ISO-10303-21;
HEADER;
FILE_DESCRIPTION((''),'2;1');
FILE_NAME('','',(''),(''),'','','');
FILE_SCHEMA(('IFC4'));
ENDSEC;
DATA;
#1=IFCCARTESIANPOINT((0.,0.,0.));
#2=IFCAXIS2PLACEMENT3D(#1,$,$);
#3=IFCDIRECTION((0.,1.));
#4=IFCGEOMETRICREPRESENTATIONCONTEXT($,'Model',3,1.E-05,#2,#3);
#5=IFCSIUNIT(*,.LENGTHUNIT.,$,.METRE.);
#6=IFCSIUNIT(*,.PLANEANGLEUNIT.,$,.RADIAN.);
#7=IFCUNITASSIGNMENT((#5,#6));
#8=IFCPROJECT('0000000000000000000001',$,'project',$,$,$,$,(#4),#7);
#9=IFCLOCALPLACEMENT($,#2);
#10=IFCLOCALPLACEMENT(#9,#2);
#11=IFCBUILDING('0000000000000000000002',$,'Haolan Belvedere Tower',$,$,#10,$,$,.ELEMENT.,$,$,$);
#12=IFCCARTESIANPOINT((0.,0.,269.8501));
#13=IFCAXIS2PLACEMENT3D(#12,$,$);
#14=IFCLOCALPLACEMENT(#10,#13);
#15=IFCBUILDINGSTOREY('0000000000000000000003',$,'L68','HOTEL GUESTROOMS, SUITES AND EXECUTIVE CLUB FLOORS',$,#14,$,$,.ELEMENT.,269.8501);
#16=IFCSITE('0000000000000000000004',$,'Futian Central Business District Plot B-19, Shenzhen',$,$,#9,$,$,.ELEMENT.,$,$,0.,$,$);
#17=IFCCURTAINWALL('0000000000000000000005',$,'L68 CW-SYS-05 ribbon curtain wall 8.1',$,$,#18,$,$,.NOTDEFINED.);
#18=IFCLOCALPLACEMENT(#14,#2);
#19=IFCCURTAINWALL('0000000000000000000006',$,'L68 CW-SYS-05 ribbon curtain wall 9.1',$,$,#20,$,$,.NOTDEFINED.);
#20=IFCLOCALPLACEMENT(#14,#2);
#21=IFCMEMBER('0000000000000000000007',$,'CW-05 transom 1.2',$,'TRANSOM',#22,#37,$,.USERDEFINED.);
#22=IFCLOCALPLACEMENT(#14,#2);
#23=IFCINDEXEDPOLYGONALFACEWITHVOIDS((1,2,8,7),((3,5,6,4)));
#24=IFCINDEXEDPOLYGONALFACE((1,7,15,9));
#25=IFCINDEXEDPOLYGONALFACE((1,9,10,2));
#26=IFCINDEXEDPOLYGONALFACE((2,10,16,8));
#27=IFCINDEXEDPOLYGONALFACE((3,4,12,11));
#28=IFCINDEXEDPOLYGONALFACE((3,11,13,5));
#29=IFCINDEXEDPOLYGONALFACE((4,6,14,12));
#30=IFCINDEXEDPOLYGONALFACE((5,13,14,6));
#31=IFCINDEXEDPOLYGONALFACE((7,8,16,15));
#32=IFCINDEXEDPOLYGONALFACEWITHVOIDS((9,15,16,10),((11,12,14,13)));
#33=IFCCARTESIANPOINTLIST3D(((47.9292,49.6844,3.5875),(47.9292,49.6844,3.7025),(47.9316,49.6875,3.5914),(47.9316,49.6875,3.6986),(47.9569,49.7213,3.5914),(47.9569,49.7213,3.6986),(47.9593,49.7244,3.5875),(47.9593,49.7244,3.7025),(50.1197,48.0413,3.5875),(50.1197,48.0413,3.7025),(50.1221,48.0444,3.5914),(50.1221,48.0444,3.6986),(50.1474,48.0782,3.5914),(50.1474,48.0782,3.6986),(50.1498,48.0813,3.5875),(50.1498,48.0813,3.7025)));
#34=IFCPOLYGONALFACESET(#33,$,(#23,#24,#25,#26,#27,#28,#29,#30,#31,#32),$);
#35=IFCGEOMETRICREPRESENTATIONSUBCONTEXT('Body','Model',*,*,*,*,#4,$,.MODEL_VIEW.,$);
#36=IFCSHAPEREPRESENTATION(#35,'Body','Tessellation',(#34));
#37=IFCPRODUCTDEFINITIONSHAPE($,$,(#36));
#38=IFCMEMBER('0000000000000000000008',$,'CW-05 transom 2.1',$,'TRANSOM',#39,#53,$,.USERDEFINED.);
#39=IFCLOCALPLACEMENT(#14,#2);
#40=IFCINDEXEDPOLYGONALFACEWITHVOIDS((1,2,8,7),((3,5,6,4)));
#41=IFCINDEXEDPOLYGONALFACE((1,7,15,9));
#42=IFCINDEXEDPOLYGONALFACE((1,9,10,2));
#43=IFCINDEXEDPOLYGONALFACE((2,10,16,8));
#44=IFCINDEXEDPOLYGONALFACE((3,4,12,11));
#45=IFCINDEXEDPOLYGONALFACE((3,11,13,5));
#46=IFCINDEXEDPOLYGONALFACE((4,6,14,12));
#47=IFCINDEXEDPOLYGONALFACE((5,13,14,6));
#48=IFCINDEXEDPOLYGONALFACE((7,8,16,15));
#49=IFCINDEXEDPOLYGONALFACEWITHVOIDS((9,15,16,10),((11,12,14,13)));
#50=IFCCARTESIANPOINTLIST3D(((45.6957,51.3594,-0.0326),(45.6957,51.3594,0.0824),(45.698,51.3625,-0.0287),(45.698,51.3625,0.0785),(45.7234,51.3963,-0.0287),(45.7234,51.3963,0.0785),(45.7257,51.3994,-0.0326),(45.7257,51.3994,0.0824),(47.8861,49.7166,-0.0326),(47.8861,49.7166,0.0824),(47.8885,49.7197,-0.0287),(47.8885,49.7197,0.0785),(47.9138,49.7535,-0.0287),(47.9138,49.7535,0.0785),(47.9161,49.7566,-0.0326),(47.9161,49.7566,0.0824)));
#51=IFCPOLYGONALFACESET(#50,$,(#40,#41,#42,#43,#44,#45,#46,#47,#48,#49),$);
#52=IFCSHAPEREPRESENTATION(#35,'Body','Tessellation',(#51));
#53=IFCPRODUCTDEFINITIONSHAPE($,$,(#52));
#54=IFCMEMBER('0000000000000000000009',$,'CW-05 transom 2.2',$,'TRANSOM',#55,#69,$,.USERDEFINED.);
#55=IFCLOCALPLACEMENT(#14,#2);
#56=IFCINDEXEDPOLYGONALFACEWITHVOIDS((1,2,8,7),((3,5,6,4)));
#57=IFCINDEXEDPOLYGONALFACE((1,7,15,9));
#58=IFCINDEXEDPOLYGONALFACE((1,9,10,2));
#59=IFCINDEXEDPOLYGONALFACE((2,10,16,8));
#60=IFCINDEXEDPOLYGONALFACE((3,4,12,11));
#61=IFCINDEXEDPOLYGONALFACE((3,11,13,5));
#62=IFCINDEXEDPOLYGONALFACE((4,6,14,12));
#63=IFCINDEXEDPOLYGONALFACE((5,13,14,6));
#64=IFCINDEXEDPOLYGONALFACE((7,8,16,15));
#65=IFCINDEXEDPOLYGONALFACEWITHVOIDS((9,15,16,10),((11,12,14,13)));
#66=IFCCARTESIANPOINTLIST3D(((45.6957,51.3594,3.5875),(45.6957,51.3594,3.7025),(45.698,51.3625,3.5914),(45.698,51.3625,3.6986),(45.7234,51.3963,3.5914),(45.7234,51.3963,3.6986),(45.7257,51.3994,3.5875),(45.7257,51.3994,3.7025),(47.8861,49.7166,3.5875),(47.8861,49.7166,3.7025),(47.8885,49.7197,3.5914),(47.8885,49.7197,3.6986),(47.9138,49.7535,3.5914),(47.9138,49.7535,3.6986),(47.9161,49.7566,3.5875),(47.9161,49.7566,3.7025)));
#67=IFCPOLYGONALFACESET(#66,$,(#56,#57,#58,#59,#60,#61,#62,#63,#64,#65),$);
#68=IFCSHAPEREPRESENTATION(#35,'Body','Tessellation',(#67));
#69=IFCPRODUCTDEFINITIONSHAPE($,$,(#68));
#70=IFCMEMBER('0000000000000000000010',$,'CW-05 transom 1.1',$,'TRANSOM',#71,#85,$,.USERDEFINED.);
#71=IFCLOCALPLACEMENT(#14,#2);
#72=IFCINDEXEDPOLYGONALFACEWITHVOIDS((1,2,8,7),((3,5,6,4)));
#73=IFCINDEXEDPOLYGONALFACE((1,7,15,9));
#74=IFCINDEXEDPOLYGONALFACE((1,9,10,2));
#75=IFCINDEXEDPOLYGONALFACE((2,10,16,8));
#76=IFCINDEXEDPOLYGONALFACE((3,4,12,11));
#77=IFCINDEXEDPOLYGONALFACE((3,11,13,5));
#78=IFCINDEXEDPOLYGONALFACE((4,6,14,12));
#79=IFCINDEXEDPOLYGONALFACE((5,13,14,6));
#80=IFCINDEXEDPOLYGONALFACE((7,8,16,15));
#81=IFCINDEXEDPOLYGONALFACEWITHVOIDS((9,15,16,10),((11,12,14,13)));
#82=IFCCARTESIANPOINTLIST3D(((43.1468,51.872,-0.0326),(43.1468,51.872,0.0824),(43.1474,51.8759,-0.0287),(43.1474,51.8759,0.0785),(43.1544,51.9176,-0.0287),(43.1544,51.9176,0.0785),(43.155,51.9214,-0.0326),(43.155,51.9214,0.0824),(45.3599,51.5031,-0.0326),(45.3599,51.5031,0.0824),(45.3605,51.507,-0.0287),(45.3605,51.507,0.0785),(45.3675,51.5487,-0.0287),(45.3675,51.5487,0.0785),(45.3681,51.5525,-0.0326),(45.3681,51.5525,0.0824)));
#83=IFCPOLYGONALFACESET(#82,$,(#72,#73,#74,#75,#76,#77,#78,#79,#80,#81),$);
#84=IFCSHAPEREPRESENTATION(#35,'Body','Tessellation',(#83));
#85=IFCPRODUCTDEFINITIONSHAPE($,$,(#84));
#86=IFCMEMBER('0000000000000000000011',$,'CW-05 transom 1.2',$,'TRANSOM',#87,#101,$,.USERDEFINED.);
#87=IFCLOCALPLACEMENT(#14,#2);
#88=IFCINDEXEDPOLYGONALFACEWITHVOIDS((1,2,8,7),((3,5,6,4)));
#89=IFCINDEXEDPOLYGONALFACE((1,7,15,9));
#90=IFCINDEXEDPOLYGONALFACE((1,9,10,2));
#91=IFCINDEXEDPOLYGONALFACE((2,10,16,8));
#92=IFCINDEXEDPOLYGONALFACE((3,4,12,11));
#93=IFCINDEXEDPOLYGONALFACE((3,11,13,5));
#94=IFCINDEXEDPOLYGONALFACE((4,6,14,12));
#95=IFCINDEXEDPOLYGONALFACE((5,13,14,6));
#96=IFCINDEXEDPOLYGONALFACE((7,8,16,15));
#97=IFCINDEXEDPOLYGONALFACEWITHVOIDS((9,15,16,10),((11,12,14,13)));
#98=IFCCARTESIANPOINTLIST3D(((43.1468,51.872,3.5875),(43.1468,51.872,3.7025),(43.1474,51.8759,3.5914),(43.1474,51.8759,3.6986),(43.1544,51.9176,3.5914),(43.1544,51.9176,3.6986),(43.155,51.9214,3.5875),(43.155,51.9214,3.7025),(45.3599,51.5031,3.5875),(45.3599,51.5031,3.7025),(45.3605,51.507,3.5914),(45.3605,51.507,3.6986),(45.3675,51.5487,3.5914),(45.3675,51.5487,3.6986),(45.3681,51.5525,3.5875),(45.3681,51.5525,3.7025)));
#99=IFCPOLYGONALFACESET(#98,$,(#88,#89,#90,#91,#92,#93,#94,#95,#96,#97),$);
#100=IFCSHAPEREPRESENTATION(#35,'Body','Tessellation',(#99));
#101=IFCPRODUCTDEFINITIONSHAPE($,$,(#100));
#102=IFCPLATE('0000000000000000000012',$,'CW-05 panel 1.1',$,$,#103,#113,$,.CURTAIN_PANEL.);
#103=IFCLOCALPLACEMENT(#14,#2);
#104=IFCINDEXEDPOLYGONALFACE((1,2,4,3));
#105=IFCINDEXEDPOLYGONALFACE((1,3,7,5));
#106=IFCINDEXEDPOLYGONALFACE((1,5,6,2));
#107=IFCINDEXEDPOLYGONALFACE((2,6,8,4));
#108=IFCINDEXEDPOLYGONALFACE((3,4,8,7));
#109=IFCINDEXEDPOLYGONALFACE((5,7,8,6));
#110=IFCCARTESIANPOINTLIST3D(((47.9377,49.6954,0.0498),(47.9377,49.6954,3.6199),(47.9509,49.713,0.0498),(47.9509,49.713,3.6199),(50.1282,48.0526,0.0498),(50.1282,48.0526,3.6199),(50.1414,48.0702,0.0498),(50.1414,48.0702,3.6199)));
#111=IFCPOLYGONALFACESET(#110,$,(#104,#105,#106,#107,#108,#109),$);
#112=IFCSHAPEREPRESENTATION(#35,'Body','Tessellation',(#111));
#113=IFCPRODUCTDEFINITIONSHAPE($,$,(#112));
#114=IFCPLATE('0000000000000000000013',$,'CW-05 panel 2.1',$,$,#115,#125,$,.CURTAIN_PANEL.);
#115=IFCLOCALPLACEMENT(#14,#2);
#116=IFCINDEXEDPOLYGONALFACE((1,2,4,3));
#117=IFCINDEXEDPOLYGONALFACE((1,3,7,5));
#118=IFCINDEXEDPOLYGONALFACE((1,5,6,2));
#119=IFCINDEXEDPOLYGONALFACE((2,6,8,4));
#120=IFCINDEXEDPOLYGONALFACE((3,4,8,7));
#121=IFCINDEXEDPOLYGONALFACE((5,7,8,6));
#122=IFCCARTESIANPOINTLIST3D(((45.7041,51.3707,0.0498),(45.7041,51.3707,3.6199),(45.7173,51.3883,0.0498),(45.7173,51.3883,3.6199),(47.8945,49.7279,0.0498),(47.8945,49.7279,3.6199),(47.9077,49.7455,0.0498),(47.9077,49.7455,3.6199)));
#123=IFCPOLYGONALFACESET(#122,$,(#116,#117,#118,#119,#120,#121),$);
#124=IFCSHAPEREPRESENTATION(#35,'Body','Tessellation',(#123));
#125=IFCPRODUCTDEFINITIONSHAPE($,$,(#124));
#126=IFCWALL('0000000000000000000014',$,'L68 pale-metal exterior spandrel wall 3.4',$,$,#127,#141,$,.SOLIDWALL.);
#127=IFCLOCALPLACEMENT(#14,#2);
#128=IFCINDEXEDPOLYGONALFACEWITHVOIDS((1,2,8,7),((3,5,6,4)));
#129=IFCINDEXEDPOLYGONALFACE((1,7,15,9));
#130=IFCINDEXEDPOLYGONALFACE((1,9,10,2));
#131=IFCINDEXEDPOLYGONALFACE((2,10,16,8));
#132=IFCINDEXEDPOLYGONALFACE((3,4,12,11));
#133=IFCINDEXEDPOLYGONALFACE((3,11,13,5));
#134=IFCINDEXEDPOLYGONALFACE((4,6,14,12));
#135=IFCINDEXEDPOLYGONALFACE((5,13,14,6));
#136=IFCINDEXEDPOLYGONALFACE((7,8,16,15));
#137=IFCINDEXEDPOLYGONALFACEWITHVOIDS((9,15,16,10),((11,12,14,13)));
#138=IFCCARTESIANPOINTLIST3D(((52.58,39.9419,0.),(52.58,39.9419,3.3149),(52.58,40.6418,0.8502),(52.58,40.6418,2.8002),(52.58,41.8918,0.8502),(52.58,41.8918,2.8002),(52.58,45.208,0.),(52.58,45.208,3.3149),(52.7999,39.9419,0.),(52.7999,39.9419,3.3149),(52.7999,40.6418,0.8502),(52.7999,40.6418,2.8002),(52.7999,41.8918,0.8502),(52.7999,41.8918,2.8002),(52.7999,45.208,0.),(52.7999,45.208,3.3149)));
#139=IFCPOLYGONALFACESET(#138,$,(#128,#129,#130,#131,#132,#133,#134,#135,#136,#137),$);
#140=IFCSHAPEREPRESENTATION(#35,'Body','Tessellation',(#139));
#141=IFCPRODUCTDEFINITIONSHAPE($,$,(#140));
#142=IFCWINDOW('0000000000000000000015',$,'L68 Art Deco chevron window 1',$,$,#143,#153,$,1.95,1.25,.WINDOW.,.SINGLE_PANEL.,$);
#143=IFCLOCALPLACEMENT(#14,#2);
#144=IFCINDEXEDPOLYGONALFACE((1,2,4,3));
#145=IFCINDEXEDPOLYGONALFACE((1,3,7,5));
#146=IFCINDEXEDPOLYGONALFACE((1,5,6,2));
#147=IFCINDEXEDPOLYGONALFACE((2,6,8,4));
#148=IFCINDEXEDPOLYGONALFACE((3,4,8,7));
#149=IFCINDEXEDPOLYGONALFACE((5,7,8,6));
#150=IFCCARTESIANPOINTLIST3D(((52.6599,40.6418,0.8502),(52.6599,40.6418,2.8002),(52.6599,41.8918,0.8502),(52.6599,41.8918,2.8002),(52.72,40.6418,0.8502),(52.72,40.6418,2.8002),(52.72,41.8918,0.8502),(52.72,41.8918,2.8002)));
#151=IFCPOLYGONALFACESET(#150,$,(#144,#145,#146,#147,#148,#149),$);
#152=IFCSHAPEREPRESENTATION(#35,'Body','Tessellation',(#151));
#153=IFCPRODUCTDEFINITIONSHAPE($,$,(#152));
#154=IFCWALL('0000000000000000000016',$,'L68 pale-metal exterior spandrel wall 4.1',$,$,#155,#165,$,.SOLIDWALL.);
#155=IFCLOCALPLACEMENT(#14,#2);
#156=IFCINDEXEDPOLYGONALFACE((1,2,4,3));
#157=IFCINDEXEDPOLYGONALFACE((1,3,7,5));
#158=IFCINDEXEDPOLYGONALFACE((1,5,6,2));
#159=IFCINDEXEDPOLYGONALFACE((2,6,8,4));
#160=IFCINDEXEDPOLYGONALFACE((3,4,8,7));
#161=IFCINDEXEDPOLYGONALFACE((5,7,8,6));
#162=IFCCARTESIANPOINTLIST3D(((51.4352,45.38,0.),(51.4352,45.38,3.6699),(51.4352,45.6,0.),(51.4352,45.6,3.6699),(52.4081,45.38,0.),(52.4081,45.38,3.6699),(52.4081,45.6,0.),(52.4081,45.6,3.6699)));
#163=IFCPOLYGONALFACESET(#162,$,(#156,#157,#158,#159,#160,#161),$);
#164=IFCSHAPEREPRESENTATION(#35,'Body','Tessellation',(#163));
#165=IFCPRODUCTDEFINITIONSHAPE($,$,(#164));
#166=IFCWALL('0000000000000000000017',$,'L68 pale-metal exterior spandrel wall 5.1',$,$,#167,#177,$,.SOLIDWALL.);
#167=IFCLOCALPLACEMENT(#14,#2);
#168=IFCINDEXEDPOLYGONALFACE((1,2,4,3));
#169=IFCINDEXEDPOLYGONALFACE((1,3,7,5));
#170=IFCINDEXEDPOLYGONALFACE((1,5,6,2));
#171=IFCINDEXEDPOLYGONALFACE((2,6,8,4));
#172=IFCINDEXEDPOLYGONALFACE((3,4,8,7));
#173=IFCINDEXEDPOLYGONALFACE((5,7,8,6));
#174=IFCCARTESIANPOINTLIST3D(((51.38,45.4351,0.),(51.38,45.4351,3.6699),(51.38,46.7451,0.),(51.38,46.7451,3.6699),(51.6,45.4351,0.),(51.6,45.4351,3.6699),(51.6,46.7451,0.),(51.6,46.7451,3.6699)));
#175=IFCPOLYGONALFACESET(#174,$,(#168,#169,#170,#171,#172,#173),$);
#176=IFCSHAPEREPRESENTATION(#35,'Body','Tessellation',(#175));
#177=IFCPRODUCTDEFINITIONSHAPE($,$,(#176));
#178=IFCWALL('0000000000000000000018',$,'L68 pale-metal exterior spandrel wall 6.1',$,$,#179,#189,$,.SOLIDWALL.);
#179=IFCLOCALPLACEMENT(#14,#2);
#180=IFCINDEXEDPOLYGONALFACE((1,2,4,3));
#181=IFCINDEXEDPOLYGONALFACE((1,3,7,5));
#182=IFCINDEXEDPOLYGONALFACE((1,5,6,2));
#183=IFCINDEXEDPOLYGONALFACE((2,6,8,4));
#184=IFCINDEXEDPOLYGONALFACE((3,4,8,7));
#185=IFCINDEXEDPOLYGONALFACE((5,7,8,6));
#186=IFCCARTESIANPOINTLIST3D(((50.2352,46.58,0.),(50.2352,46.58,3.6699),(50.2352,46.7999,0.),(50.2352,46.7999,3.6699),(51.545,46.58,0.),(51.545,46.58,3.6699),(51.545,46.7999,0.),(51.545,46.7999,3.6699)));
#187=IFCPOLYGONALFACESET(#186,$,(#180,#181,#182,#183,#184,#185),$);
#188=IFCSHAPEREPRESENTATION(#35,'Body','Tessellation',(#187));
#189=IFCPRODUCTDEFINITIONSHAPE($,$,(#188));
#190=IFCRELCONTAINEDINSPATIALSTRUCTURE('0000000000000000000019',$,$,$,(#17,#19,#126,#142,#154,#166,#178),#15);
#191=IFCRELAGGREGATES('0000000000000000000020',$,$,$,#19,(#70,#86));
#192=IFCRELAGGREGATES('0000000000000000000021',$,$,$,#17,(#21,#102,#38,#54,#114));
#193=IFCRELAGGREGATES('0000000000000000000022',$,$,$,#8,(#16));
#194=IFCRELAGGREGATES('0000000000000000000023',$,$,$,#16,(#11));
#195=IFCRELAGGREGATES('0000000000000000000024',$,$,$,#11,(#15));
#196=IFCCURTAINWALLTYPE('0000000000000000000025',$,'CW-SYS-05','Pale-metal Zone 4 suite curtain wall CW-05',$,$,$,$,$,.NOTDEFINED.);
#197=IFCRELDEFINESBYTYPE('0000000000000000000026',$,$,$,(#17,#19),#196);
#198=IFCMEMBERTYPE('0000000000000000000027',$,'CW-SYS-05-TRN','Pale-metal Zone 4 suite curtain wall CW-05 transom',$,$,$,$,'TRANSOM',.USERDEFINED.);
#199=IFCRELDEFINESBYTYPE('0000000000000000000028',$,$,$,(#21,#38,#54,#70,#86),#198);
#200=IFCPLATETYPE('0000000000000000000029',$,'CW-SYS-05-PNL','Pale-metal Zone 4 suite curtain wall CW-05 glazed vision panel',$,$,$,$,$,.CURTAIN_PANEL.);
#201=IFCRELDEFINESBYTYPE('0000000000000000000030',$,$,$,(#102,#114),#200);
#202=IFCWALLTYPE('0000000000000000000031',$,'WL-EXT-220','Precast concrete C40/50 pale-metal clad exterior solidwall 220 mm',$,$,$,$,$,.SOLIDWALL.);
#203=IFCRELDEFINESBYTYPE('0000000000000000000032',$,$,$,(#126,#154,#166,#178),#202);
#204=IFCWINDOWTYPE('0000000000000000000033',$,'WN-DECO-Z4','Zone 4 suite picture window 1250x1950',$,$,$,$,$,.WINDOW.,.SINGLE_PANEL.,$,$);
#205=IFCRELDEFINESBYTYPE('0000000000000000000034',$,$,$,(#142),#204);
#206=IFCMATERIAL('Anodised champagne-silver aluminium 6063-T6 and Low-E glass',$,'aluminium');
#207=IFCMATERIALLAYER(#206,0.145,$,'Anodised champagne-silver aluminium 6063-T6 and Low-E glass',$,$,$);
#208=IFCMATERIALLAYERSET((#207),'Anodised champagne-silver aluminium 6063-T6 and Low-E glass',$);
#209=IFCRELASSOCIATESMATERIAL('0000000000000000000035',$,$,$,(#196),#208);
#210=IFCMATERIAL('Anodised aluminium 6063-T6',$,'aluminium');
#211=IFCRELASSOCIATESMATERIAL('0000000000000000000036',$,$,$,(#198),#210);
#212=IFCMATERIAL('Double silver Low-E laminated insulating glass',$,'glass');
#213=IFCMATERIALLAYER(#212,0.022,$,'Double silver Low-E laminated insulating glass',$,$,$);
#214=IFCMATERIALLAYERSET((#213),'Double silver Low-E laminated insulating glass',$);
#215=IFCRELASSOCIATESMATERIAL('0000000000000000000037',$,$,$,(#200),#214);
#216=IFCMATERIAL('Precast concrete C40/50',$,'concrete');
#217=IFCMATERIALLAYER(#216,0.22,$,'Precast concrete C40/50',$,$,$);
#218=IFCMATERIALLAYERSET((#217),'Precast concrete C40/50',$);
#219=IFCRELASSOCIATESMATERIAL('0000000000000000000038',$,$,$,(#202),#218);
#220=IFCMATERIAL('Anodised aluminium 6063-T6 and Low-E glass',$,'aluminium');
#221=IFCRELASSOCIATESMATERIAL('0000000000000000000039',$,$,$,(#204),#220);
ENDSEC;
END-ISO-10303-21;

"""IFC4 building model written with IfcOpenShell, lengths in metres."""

from ifc_helpers import new_model, si_unit, direction, frame, frame_2d, origin, origin_2d, place, context, subcontext, project, spatial, rectangle, hollow_rectangle, extrude, material, layer, layer_set, material_profile, profile_set, type_object, element, fill, aggregate, save


model = new_model("IFC4")

# Units and contexts
model_context = context("Model", 3, precision=1e-05, world=origin(), true_north=direction((0.0, 1.0)))
body_context = subcontext(model_context, "Body", "Model", "MODEL_VIEW")
ifc_project = project(units=[si_unit("LENGTHUNIT", "METRE"), si_unit("PLANEANGLEUNIT", "RADIAN")], contexts=[model_context])

# Site, building, storey
site_placement = place(None, origin())
site = spatial("IfcSite", under=ifc_project, at=site_placement, Name="Futian Central Business District Plot B-19, Shenzhen", CompositionType="ELEMENT", RefElevation=0.0)
building_placement = place(site_placement, origin())
building = spatial("IfcBuilding", under=site, at=building_placement, Name="Haolan Belvedere Tower", CompositionType="ELEMENT")
storey_placement = place(building_placement, frame((0.0, 0.0, 269.8501)))
storey = spatial("IfcBuildingStorey", under=building, at=storey_placement, Name="L68", Description="HOTEL GUESTROOMS, SUITES AND EXECUTIVE CLUB FLOORS", CompositionType="ELEMENT", Elevation=269.8501)

# Curtain wall
ifc_material_1 = material(Name="Anodised champagne-silver aluminium 6063-T6 and Low-E glass", Category="aluminium")
ifc_layer_1 = layer(ifc_material_1, 0.145, Name="Anodised champagne-silver aluminium 6063-T6 and Low-E glass")
ifc_layer_set_1 = layer_set([ifc_layer_1], Name="Anodised champagne-silver aluminium 6063-T6 and Low-E glass")
curtain_wall_type = type_object("IfcCurtainWallType", Name="CW-SYS-05", Description="Pale-metal Zone 4 suite curtain wall CW-05", PredefinedType="NOTDEFINED", material=ifc_layer_set_1)
curtain_wall_1_placement = place(storey_placement, origin())
curtain_wall_1 = element("IfcCurtainWall", 1, at=curtain_wall_1_placement, inside=storey, type_object=curtain_wall_type, Name="L68 CW-SYS-05 ribbon curtain wall 8.1", PredefinedType="NOTDEFINED")
ifc_material_2 = material(Name="Anodised aluminium 6063-T6", Category="aluminium")

# Curtain wall
curtain_wall_2_placement = place(storey_placement, origin())
curtain_wall_2 = element("IfcCurtainWall", 2, at=curtain_wall_2_placement, inside=storey, type_object=curtain_wall_type, Name="L68 CW-SYS-05 ribbon curtain wall 9.1", PredefinedType="NOTDEFINED")

# Members
ifc_material_profile_1 = material_profile(ifc_material_2, hollow_rectangle(XDim=0.05, YDim=0.115, WallThickness=0.0039, at=origin_2d()), Name="Anodised aluminium 6063-T6")
ifc_profile_set_1 = profile_set([ifc_material_profile_1], Name="Anodised aluminium 6063-T6")
member_type_1 = type_object("IfcMemberType", Name="CW-SYS-05-TRN", Description="Pale-metal Zone 4 suite curtain wall CW-05 transom", ElementType="TRANSOM", PredefinedType="USERDEFINED", material=ifc_profile_set_1)
member_1_placement = place(storey_placement, frame((50.1348, 48.0613, 3.645), z_axis=(-0.799957, 0.600057, 0.0), x_axis=(-0.600057, -0.799957, 0.0)))
member_1 = element("IfcMember", 3, at=member_1_placement, type_object=member_type_1, Name="CW-05 transom 1.2", ObjectType="TRANSOM", PredefinedType="USERDEFINED", context=body_context, shape_type="SweptSolid", body=[
    extrude(hollow_rectangle(XDim=0.05, YDim=0.115, WallThickness=0.0039, at=origin_2d()), origin(), (0.0, 0.0, 1.0), 2.7383),
])
member_2_placement = place(storey_placement, frame((47.9011, 49.7366, 0.0249), z_axis=(-0.8, 0.6, 0.0), x_axis=(-0.6, -0.8, 0.0)))
member_2 = element("IfcMember", 4, at=member_2_placement, type_object=member_type_1, Name="CW-05 transom 2.1", ObjectType="TRANSOM", PredefinedType="USERDEFINED", context=body_context, shape_type="SweptSolid", body=[
    extrude(hollow_rectangle(XDim=0.05, YDim=0.115, WallThickness=0.0039, at=origin_2d()), origin(), (0.0, 0.0, 1.0), 2.738),
])
member_3_placement = place(storey_placement, frame((47.9011, 49.7366, 3.645), z_axis=(-0.8, 0.6, 0.0), x_axis=(-0.6, -0.8, 0.0)))
member_3 = element("IfcMember", 5, at=member_3_placement, type_object=member_type_1, Name="CW-05 transom 2.2", ObjectType="TRANSOM", PredefinedType="USERDEFINED", context=body_context, shape_type="SweptSolid", body=[
    extrude(hollow_rectangle(XDim=0.05, YDim=0.115, WallThickness=0.0039, at=origin_2d()), origin(), (0.0, 0.0, 1.0), 2.738),
])
member_4_placement = place(storey_placement, frame((45.364, 51.5278, 0.0249), z_axis=(-0.986391, 0.164417, 0.0), x_axis=(-0.164417, -0.986391, 0.0)))
member_4 = element("IfcMember", 6, at=member_4_placement, type_object=member_type_1, Name="CW-05 transom 1.1", ObjectType="TRANSOM", PredefinedType="USERDEFINED", context=body_context, shape_type="SweptSolid", body=[
    extrude(hollow_rectangle(XDim=0.05, YDim=0.115, WallThickness=0.0039, at=origin_2d()), origin(), (0.0, 0.0, 1.0), 2.2437),
])
member_5_placement = place(storey_placement, frame((45.364, 51.5278, 3.645), z_axis=(-0.986391, 0.164417, 0.0), x_axis=(-0.164417, -0.986391, 0.0)))
member_5 = element("IfcMember", 7, at=member_5_placement, type_object=member_type_1, Name="CW-05 transom 1.2", ObjectType="TRANSOM", PredefinedType="USERDEFINED", context=body_context, shape_type="SweptSolid", body=[
    extrude(hollow_rectangle(XDim=0.05, YDim=0.115, WallThickness=0.0039, at=origin_2d()), origin(), (0.0, 0.0, 1.0), 2.2437),
])
aggregate(curtain_wall_2, [member_4, member_5])

# Plates
ifc_material_3 = material(Name="Double silver Low-E laminated insulating glass", Category="glass")
ifc_layer_2 = layer(ifc_material_3, 0.022, Name="Double silver Low-E laminated insulating glass")
ifc_layer_set_2 = layer_set([ifc_layer_2], Name="Double silver Low-E laminated insulating glass")
plate_type = type_object("IfcPlateType", Name="CW-SYS-05-PNL", Description="Pale-metal Zone 4 suite curtain wall CW-05 glazed vision panel", PredefinedType="CURTAIN_PANEL", material=ifc_layer_set_2)
plate_1_placement = place(storey_placement, frame((49.0396, 48.8828, 0.0498), z_axis=(0.0, 0.0, 1.0), x_axis=(-0.799998, 0.600003, 0.0)))
plate_1 = element("IfcPlate", 8, at=plate_1_placement, type_object=plate_type, Name="CW-05 panel 1.1", PredefinedType="CURTAIN_PANEL", context=body_context, shape_type="SweptSolid", body=[
    extrude(rectangle(XDim=2.738, YDim=0.022, at=origin_2d()), origin(), (0.0, 0.0, 1.0), 3.5701),
])
plate_2_placement = place(storey_placement, frame((46.8059, 50.5581, 0.0498), z_axis=(0.0, 0.0, 1.0), x_axis=(-0.799998, 0.600003, 0.0)))
plate_2 = element("IfcPlate", 9, at=plate_2_placement, type_object=plate_type, Name="CW-05 panel 2.1", PredefinedType="CURTAIN_PANEL", context=body_context, shape_type="SweptSolid", body=[
    extrude(rectangle(XDim=2.738, YDim=0.022, at=origin_2d()), origin(), (0.0, 0.0, 1.0), 3.5701),
])
aggregate(curtain_wall_1, [member_1, plate_1, member_2, member_3, plate_2])

# Wall, opening, window
ifc_material_4 = material(Name="Precast concrete C40/50", Category="concrete")
ifc_layer_3 = layer(ifc_material_4, 0.22, Name="Precast concrete C40/50")
ifc_layer_set_3 = layer_set([ifc_layer_3], Name="Precast concrete C40/50")
wall_type_1 = type_object("IfcWallType", Name="WL-EXT-220", Description="Precast concrete C40/50 pale-metal clad exterior solidwall 220 mm", PredefinedType="SOLIDWALL", material=ifc_layer_set_3)
wall_1_placement = place(storey_placement, frame((52.6899, 39.9419, 0.0), z_axis=(0.0, 0.0, 1.0), x_axis=(0.0, 1.0, 0.0)))
wall_1 = element("IfcWall", 10, at=wall_1_placement, inside=storey, type_object=wall_type_1, Name="L68 pale-metal exterior spandrel wall 3.4", PredefinedType="SOLIDWALL", context=body_context, shape_type="SweptSolid", body=[
    extrude(rectangle(XDim=5.2661, YDim=0.22, at=frame_2d((2.6331, 0.0))), origin(), (0.0, 0.0, 1.0), 3.3149),
])
opening_1_placement = place(wall_1_placement, frame((0.7, 0.0, 0.8501)))
opening_1 = element("IfcOpeningElement", 11, at=opening_1_placement, cuts=wall_1, PredefinedType="OPENING", context=body_context, shape_type="SweptSolid", body=[
    extrude(rectangle(XDim=1.25, YDim=1.95, at=frame_2d((0.625, 0.9751))), frame((0.0, 0.1199, 0.0), z_axis=(0.0, -1.0, 0.0), x_axis=(1.0, 0.0, 0.0)), (0.0, 0.0, 1.0), 0.24),
])
ifc_material_5 = material(Name="Anodised aluminium 6063-T6 and Low-E glass", Category="aluminium")
window_type = type_object("IfcWindowType", Name="WN-DECO-Z4", Description="Zone 4 suite picture window 1250x1950", PartitioningType="SINGLE_PANEL", PredefinedType="WINDOW", material=ifc_material_5)
window_placement = place(opening_1_placement, origin())
window = element("IfcWindow", 12, at=window_placement, inside=storey, type_object=window_type, Name="L68 Art Deco chevron window 1", OverallHeight=1.95, OverallWidth=1.25, PartitioningType="SINGLE_PANEL", PredefinedType="WINDOW", context=body_context, shape_type="SweptSolid", body=[
    extrude(rectangle(XDim=1.25, YDim=1.95, at=frame_2d((0.625, 0.9751))), frame((0.0, 0.03, 0.0), z_axis=(0.0, -1.0, 0.0), x_axis=(1.0, 0.0, 0.0)), (0.0, 0.0, 1.0), 0.0601),
])
fill(opening_1, window)

# Walls
wall_2_placement = place(storey_placement, frame((52.408, 45.49, 0.0), z_axis=(0.0, 0.0, 1.0), x_axis=(-1.0, 0.0, 0.0)))
element("IfcWall", 13, at=wall_2_placement, inside=storey, type_object=wall_type_1, Name="L68 pale-metal exterior spandrel wall 4.1", PredefinedType="SOLIDWALL", context=body_context, shape_type="SweptSolid", body=[
    extrude(rectangle(XDim=0.9729, YDim=0.22, at=frame_2d((0.4863, 0.0))), origin(), (0.0, 0.0, 1.0), 3.6699),
])
wall_3_placement = place(storey_placement, frame((51.49, 45.4351, 0.0), z_axis=(0.0, 0.0, 1.0), x_axis=(0.0, 1.0, 0.0)))
element("IfcWall", 14, at=wall_3_placement, inside=storey, type_object=wall_type_1, Name="L68 pale-metal exterior spandrel wall 5.1", PredefinedType="SOLIDWALL", context=body_context, shape_type="SweptSolid", body=[
    extrude(rectangle(XDim=1.3101, YDim=0.22, at=frame_2d((0.655, 0.0))), origin(), (0.0, 0.0, 1.0), 3.6699),
])
wall_4_placement = place(storey_placement, frame((51.5449, 46.6899, 0.0), z_axis=(0.0, 0.0, 1.0), x_axis=(-1.0, 0.0, 0.0)))
element("IfcWall", 15, at=wall_4_placement, inside=storey, type_object=wall_type_1, Name="L68 pale-metal exterior spandrel wall 6.1", PredefinedType="SOLIDWALL", context=body_context, shape_type="SweptSolid", body=[
    extrude(rectangle(XDim=1.3098, YDim=0.22, at=frame_2d((0.6548, 0.0))), origin(), (0.0, 0.0, 1.0), 3.6699),
])

save(model, "model.ifc")
